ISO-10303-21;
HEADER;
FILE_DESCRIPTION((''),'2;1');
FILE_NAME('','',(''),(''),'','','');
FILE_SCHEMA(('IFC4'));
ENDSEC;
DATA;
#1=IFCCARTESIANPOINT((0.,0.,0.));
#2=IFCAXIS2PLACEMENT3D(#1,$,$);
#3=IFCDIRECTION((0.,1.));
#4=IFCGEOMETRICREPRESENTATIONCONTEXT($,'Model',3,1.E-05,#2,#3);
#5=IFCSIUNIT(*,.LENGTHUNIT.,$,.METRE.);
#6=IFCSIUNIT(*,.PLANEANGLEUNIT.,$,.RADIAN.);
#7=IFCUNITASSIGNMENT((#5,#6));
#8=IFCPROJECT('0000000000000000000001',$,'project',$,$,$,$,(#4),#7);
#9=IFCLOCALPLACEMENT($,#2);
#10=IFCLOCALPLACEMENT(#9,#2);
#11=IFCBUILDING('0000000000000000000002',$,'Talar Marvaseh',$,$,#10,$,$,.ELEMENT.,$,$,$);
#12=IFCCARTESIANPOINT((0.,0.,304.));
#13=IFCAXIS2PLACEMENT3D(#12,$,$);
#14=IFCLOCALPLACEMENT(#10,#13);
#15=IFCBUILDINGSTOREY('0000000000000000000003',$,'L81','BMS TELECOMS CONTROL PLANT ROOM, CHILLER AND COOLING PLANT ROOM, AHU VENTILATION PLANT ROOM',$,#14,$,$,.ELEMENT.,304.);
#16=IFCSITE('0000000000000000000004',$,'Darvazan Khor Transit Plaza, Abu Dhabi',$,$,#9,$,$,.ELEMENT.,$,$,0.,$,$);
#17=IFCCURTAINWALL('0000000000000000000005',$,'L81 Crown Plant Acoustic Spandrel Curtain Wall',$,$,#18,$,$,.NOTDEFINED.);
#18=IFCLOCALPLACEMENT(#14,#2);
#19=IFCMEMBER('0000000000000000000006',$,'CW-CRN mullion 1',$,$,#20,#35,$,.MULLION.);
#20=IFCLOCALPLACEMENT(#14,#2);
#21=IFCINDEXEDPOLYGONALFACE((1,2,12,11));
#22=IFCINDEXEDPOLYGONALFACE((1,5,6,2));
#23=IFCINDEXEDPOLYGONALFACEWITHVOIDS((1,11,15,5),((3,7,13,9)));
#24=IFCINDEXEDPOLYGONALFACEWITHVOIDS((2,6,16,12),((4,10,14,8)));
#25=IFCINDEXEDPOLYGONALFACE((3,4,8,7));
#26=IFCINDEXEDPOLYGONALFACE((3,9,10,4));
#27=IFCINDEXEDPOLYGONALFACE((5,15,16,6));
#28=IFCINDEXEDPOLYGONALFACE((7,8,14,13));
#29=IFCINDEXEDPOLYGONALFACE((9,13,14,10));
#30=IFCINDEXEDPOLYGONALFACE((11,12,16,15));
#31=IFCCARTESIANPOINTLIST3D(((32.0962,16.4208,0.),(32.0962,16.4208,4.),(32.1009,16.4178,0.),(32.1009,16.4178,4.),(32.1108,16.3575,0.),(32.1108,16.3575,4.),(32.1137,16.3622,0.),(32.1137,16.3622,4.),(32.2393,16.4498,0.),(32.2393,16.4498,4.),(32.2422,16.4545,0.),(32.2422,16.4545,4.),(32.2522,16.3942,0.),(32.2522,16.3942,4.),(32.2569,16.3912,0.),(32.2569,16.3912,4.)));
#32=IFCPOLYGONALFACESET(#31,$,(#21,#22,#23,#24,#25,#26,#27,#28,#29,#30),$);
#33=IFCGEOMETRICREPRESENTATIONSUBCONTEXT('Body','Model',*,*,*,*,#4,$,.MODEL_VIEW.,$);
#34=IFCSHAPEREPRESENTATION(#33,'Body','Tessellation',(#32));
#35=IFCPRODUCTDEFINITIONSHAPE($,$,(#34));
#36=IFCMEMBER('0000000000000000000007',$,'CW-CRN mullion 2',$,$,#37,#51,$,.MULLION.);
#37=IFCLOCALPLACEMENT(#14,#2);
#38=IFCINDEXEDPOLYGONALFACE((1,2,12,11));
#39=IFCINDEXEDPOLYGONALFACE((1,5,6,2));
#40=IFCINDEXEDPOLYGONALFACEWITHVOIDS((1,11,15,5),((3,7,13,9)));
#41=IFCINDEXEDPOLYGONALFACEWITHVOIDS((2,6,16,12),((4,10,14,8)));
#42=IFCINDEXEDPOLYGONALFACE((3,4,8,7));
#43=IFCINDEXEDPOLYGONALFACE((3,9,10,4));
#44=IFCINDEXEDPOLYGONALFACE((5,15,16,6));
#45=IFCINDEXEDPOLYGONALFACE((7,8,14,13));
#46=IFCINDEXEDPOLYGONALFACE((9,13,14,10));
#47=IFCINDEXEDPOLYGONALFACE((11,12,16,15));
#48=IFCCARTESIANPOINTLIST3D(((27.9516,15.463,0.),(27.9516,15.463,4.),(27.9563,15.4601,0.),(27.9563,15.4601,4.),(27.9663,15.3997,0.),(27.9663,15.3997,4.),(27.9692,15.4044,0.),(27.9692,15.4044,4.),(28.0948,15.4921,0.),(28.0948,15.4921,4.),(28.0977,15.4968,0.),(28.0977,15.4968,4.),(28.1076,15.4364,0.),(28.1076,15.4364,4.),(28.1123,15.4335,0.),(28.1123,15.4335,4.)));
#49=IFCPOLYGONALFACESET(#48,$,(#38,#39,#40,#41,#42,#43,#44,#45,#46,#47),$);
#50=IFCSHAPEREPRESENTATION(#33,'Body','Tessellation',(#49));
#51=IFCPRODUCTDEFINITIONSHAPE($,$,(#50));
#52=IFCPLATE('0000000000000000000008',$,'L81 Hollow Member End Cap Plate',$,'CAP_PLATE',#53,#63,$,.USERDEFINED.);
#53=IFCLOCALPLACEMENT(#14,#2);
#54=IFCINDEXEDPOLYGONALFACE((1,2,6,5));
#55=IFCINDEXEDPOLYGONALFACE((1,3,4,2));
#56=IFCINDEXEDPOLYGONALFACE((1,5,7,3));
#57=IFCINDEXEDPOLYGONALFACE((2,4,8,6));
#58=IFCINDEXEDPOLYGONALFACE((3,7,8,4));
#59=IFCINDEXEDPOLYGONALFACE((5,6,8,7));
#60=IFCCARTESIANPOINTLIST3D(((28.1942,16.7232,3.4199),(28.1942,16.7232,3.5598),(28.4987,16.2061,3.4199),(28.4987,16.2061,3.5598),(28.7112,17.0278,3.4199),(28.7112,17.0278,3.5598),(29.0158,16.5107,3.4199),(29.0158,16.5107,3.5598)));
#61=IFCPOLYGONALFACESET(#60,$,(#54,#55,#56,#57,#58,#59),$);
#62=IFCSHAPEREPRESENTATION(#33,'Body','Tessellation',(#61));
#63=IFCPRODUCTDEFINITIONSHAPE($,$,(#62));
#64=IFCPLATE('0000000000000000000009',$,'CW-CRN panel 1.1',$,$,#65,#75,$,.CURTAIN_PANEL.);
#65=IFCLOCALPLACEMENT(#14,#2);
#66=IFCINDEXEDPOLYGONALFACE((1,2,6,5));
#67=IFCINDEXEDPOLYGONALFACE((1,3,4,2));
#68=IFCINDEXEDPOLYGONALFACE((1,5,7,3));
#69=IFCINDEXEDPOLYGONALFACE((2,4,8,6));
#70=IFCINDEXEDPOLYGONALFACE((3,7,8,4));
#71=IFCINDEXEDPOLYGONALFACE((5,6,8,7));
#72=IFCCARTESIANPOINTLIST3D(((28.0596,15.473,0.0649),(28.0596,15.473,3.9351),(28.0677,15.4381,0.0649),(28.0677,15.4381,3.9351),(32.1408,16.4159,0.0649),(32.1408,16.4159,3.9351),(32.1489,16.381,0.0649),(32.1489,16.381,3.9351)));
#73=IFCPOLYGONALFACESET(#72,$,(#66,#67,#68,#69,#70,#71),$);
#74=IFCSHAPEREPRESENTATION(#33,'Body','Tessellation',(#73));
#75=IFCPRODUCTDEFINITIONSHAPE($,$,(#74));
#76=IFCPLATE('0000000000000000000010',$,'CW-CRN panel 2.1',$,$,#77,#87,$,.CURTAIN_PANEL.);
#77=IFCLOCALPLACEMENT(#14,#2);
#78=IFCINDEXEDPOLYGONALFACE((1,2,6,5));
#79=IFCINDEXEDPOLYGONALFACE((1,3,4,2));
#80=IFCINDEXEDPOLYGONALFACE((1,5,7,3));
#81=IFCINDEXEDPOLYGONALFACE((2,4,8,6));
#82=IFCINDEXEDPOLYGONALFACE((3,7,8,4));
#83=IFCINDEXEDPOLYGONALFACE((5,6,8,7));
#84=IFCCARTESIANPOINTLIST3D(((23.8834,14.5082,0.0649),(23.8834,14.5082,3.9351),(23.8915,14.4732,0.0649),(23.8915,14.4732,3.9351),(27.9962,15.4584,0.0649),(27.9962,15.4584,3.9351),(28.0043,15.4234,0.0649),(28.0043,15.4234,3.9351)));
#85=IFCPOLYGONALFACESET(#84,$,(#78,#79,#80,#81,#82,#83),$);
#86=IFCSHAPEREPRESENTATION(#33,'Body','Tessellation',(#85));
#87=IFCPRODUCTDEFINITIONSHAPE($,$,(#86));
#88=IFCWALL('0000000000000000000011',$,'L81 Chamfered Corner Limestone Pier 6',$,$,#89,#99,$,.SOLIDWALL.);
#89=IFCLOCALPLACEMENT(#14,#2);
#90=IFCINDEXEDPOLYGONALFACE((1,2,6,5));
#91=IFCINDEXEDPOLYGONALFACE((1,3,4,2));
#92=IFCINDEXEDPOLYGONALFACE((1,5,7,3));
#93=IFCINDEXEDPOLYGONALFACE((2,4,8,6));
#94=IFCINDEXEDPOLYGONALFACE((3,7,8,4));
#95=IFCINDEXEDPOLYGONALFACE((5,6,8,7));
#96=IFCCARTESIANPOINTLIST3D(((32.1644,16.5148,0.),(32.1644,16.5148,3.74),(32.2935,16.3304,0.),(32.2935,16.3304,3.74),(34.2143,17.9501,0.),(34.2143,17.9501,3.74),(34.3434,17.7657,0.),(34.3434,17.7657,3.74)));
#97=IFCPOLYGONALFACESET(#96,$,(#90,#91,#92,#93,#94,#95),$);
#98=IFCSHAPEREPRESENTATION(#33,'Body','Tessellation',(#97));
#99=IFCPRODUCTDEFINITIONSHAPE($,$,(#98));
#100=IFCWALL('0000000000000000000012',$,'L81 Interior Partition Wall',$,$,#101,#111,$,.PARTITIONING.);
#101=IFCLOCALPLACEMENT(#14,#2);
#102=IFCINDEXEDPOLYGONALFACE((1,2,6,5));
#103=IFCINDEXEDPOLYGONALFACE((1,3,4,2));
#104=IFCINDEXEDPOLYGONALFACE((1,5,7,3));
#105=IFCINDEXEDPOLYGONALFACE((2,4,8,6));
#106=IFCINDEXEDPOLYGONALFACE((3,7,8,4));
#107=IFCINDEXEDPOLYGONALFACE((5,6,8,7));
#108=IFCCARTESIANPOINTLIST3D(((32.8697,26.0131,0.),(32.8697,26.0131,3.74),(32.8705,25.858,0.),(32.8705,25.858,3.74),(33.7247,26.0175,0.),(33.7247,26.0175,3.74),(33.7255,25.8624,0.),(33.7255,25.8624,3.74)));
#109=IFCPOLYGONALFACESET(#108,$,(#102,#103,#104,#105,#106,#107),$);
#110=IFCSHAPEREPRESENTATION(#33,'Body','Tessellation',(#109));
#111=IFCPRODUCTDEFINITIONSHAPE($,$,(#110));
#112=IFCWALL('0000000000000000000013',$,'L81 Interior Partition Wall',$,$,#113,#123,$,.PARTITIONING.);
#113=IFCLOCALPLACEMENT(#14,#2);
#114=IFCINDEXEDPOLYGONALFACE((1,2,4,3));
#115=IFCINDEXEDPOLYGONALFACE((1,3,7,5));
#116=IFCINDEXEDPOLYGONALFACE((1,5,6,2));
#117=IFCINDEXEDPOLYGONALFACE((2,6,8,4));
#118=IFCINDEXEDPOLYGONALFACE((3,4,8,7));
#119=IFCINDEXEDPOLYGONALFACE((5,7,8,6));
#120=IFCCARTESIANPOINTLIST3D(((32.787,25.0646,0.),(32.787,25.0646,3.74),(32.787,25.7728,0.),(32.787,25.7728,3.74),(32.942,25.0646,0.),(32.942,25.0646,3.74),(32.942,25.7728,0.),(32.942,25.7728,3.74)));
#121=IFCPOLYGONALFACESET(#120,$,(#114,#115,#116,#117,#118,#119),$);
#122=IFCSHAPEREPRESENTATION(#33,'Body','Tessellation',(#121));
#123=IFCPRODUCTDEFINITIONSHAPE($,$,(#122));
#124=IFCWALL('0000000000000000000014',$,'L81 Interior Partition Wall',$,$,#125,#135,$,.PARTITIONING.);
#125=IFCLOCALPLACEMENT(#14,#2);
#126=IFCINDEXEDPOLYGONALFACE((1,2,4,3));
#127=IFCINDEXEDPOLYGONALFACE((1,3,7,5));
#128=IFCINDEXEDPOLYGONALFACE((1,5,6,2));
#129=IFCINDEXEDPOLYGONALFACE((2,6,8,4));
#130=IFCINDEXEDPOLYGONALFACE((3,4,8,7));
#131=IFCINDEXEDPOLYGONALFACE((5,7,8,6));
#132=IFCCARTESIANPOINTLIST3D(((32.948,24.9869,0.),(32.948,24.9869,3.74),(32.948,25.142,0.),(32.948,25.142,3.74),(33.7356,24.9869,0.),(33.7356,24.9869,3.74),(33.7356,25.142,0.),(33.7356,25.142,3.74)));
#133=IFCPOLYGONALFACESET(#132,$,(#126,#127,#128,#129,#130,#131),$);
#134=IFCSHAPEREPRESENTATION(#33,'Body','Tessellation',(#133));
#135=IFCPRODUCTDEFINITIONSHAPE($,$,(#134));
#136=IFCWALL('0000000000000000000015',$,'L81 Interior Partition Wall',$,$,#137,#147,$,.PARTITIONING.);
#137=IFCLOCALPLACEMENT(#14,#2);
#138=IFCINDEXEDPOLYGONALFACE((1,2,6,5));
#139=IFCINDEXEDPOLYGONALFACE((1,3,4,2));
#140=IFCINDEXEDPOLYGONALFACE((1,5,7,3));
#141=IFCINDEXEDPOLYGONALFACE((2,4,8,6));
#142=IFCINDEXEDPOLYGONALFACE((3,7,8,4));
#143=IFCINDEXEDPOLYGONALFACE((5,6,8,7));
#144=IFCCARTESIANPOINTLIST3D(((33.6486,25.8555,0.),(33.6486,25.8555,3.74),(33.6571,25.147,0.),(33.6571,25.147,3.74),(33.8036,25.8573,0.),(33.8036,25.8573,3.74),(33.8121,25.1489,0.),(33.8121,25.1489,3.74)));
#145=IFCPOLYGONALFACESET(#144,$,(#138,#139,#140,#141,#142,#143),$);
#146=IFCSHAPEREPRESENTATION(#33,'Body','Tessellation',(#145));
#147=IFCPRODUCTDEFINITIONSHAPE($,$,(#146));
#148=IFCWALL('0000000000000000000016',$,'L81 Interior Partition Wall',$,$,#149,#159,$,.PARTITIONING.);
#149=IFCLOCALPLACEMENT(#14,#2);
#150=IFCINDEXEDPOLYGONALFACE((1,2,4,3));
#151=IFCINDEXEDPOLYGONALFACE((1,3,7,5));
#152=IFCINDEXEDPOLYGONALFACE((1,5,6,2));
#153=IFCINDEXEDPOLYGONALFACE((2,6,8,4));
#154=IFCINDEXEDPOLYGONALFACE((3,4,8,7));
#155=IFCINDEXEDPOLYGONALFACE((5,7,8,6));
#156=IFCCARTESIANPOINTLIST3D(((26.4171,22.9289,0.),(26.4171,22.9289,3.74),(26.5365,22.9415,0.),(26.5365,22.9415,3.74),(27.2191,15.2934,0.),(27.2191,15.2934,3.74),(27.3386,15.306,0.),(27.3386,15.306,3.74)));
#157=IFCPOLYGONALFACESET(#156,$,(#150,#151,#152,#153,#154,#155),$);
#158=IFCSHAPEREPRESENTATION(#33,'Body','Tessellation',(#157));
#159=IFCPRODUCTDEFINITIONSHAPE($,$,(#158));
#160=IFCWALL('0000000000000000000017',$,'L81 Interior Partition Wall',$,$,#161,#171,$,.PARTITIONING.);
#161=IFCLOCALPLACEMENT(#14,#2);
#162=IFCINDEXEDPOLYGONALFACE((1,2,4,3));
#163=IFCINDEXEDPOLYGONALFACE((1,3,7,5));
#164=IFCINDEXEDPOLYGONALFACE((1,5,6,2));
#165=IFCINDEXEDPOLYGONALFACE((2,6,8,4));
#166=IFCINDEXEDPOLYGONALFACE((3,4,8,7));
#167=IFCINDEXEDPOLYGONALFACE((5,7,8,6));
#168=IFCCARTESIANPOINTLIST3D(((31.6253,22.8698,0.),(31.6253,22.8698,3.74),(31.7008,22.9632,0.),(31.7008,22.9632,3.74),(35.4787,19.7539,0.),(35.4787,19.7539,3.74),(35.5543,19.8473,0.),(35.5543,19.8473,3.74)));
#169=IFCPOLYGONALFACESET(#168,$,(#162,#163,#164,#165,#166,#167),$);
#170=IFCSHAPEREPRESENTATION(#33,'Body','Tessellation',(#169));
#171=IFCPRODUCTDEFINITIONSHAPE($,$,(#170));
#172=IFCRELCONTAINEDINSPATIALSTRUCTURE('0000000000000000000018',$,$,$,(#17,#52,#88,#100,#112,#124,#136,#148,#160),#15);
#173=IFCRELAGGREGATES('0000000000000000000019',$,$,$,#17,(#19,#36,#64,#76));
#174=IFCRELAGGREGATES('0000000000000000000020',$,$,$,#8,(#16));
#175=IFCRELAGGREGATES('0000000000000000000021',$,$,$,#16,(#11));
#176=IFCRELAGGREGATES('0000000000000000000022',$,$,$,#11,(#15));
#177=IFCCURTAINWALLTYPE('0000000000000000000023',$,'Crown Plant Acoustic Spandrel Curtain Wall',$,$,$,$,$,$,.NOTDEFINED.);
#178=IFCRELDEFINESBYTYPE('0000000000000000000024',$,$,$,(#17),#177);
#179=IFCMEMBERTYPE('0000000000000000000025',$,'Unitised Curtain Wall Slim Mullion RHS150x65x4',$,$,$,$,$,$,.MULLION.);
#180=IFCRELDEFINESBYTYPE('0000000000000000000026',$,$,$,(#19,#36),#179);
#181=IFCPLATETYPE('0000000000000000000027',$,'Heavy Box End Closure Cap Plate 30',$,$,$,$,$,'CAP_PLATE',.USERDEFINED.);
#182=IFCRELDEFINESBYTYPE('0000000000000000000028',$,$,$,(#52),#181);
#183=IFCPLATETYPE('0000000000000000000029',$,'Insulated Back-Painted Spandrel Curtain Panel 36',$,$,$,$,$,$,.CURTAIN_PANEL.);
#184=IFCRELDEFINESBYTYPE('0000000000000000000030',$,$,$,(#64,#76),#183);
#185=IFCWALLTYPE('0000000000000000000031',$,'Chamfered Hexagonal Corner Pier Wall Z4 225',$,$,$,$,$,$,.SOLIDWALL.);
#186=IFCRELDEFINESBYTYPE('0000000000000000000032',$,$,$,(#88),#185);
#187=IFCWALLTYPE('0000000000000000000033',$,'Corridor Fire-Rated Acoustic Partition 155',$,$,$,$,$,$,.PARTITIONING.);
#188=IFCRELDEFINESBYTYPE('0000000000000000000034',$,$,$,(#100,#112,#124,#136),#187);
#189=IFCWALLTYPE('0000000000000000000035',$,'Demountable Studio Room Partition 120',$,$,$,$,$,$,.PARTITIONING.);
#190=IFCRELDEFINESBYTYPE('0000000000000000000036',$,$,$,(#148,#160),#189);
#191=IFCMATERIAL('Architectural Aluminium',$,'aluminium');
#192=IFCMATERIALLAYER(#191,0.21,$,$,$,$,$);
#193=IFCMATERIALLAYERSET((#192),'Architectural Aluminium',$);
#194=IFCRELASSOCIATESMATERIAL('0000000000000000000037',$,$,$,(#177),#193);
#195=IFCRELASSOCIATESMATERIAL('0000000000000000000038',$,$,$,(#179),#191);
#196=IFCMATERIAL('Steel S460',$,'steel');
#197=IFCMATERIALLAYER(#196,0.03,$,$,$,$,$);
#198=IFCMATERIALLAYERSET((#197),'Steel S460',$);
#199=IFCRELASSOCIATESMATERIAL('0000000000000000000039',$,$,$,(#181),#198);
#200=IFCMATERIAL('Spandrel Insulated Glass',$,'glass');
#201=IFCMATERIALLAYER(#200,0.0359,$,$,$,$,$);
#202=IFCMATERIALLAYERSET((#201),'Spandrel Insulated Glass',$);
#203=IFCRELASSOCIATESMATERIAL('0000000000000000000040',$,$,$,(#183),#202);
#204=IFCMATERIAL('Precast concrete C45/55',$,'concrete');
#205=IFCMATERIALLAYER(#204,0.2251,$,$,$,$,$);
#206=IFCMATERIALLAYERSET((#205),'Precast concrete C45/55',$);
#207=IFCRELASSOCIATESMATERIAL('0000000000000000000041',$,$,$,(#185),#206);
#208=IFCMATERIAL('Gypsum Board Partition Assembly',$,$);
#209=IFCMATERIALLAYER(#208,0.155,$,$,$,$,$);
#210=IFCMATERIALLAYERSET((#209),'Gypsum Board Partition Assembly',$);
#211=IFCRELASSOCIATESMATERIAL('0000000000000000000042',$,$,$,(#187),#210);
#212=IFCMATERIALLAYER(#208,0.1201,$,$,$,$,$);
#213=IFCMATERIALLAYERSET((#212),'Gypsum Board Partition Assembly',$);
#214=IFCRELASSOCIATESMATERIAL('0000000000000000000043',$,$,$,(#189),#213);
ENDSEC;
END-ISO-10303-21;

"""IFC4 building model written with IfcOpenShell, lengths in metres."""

from ifc_helpers import new_model, si_unit, direction, frame, frame_2d, origin, origin_2d, place, context, subcontext, project, spatial, rectangle, hollow_rectangle, extrude, source, transform, mapped, material, layer, layer_set, material_profile, profile_set, type_object, type_shapes, element, aggregate, save


model = new_model("IFC4")

# Units and contexts
model_context = context("Model", 3, precision=1e-05, world=origin(), true_north=direction((0.0, 1.0)))
body_context = subcontext(model_context, "Body", "Model", "MODEL_VIEW")
ifc_project = project(units=[si_unit("LENGTHUNIT", "METRE"), si_unit("PLANEANGLEUNIT", "RADIAN")], contexts=[model_context])

# Site, building, storey
site_placement = place(None, origin())
site = spatial("IfcSite", under=ifc_project, at=site_placement, Name="Darvazan Khor Transit Plaza, Abu Dhabi", CompositionType="ELEMENT", RefElevation=0.0)
building_placement = place(site_placement, origin())
building = spatial("IfcBuilding", under=site, at=building_placement, Name="Talar Marvaseh", CompositionType="ELEMENT")
storey_placement = place(building_placement, frame((0.0, 0.0, 304.0)))
storey = spatial("IfcBuildingStorey", under=building, at=storey_placement, Name="L81", Description="BMS TELECOMS CONTROL PLANT ROOM, CHILLER AND COOLING PLANT ROOM, AHU VENTILATION PLANT ROOM", CompositionType="ELEMENT", Elevation=304.0)

# Shared definitions
ifc_material_1 = material(Name="Steel S460", Category="steel")

# Curtain wall, members
ifc_material_2 = material(Name="Architectural Aluminium", Category="aluminium")
ifc_layer_1 = layer(ifc_material_2, 0.21)
ifc_layer_set_1 = layer_set([ifc_layer_1], Name="Architectural Aluminium")
curtain_wall_type = type_object("IfcCurtainWallType", Name="Crown Plant Acoustic Spandrel Curtain Wall", PredefinedType="NOTDEFINED", material=ifc_layer_set_1)
curtain_wall_placement = place(storey_placement, origin())
curtain_wall = element("IfcCurtainWall", 1, at=curtain_wall_placement, inside=storey, type_object=curtain_wall_type, Name="L81 Crown Plant Acoustic Spandrel Curtain Wall", PredefinedType="NOTDEFINED")
ifc_material_profile_1 = material_profile(ifc_material_2, hollow_rectangle(XDim=0.0649, YDim=0.1499, WallThickness=0.0039, at=origin_2d()), Name="RHS150x65x4")
ifc_profile_set_1 = profile_set([ifc_material_profile_1], Name="Architectural Aluminium")
member_type_1 = type_object("IfcMemberType", Name="Unitised Curtain Wall Slim Mullion RHS150x65x4", PredefinedType="MULLION", material=ifc_profile_set_1)
shared_shape_1 = source(origin(), body_context, "Body", "SweptSolid", [
    extrude(hollow_rectangle(XDim=0.0649, YDim=0.1499, WallThickness=0.0039, at=origin_2d()), origin(), (0.0, 0.0, 1.0), 4.0),
])
type_shapes(member_type_1, [shared_shape_1])
member_1_placement = place(storey_placement, frame((32.1765, 16.406, 0.0), z_axis=(0.0, 0.0, 1.0), x_axis=(0.225103, -0.974335, 0.0)))
member_1 = element("IfcMember", 2, at=member_1_placement, type_object=member_type_1, Name="CW-CRN mullion 1", PredefinedType="MULLION", context=body_context, shape_type="MappedRepresentation", body=[
    mapped(shared_shape_1, transform((0.0, 0.0, 0.0), x_axis=(1.0, 0.0, 0.0), y_axis=(0.0, 1.0, 0.0), z_axis=(0.0, 0.0, 1.0), scale=1.0)),
])
member_2_placement = place(storey_placement, frame((28.032, 15.4482, 0.0), z_axis=(0.0, 0.0, 1.0), x_axis=(0.225103, -0.974335, 0.0)))
member_2 = element("IfcMember", 3, at=member_2_placement, type_object=member_type_1, Name="CW-CRN mullion 2", PredefinedType="MULLION", context=body_context, shape_type="MappedRepresentation", body=[
    mapped(shared_shape_1, transform((0.0, 0.0, 0.0), x_axis=(1.0, 0.0, 0.0), y_axis=(0.0, 1.0, 0.0), z_axis=(0.0, 0.0, 1.0), scale=1.0)),
])

# Plates
ifc_layer_2 = layer(ifc_material_1, 0.03)
ifc_layer_set_2 = layer_set([ifc_layer_2], Name="Steel S460")
plate_type_1 = type_object("IfcPlateType", Name="Heavy Box End Closure Cap Plate 30", ElementType="CAP_PLATE", PredefinedType="USERDEFINED", material=ifc_layer_set_2)
shared_shape_2 = source(origin(), body_context, "Body", "SweptSolid", [
    extrude(rectangle(XDim=0.6001, YDim=0.6001, at=origin_2d()), origin(), (0.0, 0.0, 1.0), 0.1399),
])
type_shapes(plate_type_1, [shared_shape_2])
plate_1_placement = place(storey_placement, frame((28.605, 16.6169, 3.4199), z_axis=(0.0, 0.0, 1.0), x_axis=(-0.861629, -0.507538, 0.0)))
element("IfcPlate", 4, at=plate_1_placement, inside=storey, type_object=plate_type_1, Name="L81 Hollow Member End Cap Plate", ObjectType="CAP_PLATE", PredefinedType="USERDEFINED", context=body_context, shape_type="MappedRepresentation", body=[
    mapped(shared_shape_2, transform((0.0, 0.0, 0.0), x_axis=(1.0, 0.0, 0.0), y_axis=(0.0, 1.0, 0.0), z_axis=(0.0, 0.0, 1.0), scale=1.0)),
])
ifc_material_3 = material(Name="Spandrel Insulated Glass", Category="glass")
ifc_layer_3 = layer(ifc_material_3, 0.0359)
ifc_layer_set_3 = layer_set([ifc_layer_3], Name="Spandrel Insulated Glass")
plate_type_2 = type_object("IfcPlateType", Name="Insulated Back-Painted Spandrel Curtain Panel 36", PredefinedType="CURTAIN_PANEL", material=ifc_layer_set_3)
shared_shape_3 = source(origin(), body_context, "Body", "SweptSolid", [
    extrude(rectangle(XDim=4.1887, YDim=0.0359, at=origin_2d()), origin(), (0.0, 0.0, 1.0), 3.8701),
])
plate_2_placement = place(storey_placement, frame((30.1042, 15.927, 0.0649), z_axis=(0.0, 0.0, 1.0), x_axis=(-0.974335, -0.225103, 0.0)))
plate_2 = element("IfcPlate", 5, at=plate_2_placement, type_object=plate_type_2, Name="CW-CRN panel 1.1", PredefinedType="CURTAIN_PANEL", context=body_context, shape_type="MappedRepresentation", body=[
    mapped(shared_shape_3, transform((0.0, 0.0, 0.0), x_axis=(1.0, 0.0, 0.0), y_axis=(0.0, 1.0, 0.0), z_axis=(0.0, 0.0, 1.0), scale=1.0)),
])
shared_shape_4 = source(origin(), body_context, "Body", "SweptSolid", [
    extrude(rectangle(XDim=4.2212, YDim=0.0359, at=origin_2d()), origin(), (0.0, 0.0, 1.0), 3.8701),
])
type_shapes(plate_type_2, [shared_shape_3, shared_shape_4])
plate_3_placement = place(storey_placement, frame((25.9438, 14.9658, 0.0649), z_axis=(0.0, 0.0, 1.0), x_axis=(-0.974335, -0.225103, 0.0)))
plate_3 = element("IfcPlate", 6, at=plate_3_placement, type_object=plate_type_2, Name="CW-CRN panel 2.1", PredefinedType="CURTAIN_PANEL", context=body_context, shape_type="MappedRepresentation", body=[
    mapped(shared_shape_4, transform((0.0, 0.0, 0.0), x_axis=(1.0, 0.0, 0.0), y_axis=(0.0, 1.0, 0.0), z_axis=(0.0, 0.0, 1.0), scale=1.0)),
])
aggregate(curtain_wall, [member_1, member_2, plate_2, plate_3])

# Walls
ifc_material_4 = material(Name="Precast concrete C45/55", Category="concrete")
ifc_layer_4 = layer(ifc_material_4, 0.2251)
ifc_layer_set_4 = layer_set([ifc_layer_4], Name="Precast concrete C45/55")
wall_type_1 = type_object("IfcWallType", Name="Chamfered Hexagonal Corner Pier Wall Z4 225", PredefinedType="SOLIDWALL", material=ifc_layer_set_4)
wall_1_placement = place(storey_placement, frame((34.2788, 17.8579, 0.0), z_axis=(0.0, 0.0, 1.0), x_axis=(-0.819149, -0.57358, 0.0)))
element("IfcWall", 7, at=wall_1_placement, inside=storey, type_object=wall_type_1, Name="L81 Chamfered Corner Limestone Pier 6", PredefinedType="SOLIDWALL", context=body_context, shape_type="SweptSolid", body=[
    extrude(rectangle(XDim=2.5024, YDim=0.2251, at=frame_2d((1.2512, 0.0))), origin(), (0.0, 0.0, 1.0), 3.74),
])
ifc_material_5 = material(Name="Gypsum Board Partition Assembly")
ifc_layer_5 = layer(ifc_material_5, 0.155)
ifc_layer_set_5 = layer_set([ifc_layer_5], Name="Gypsum Board Partition Assembly")
wall_type_2 = type_object("IfcWallType", Name="Corridor Fire-Rated Acoustic Partition 155", PredefinedType="PARTITIONING", material=ifc_layer_set_5)
wall_2_placement = place(storey_placement, frame((33.7251, 25.9399, 0.0), z_axis=(0.0, 0.0, 1.0), x_axis=(-0.999987, -0.00514, 0.0)))
element("IfcWall", 8, at=wall_2_placement, inside=storey, type_object=wall_type_2, Name="L81 Interior Partition Wall", PredefinedType="PARTITIONING", context=body_context, shape_type="SweptSolid", body=[
    extrude(rectangle(XDim=0.855, YDim=0.155, at=frame_2d((0.4275, 0.0))), origin(), (0.0, 0.0, 1.0), 3.74),
])
wall_3_placement = place(storey_placement, frame((32.8645, 25.7727, 0.0), z_axis=(0.0, 0.0, 1.0), x_axis=(0.0, -1.0, 0.0)))
element("IfcWall", 9, at=wall_3_placement, inside=storey, type_object=wall_type_2, Name="L81 Interior Partition Wall", PredefinedType="PARTITIONING", context=body_context, shape_type="SweptSolid", body=[
    extrude(rectangle(XDim=0.7083, YDim=0.155, at=frame_2d((0.354, 0.0))), origin(), (0.0, 0.0, 1.0), 3.74),
])
wall_4_placement = place(storey_placement, frame((32.948, 25.0645, 0.0), z_axis=(0.0, 0.0, 1.0), x_axis=(1.0, 0.0, 0.0)))
element("IfcWall", 10, at=wall_4_placement, inside=storey, type_object=wall_type_2, Name="L81 Interior Partition Wall", PredefinedType="PARTITIONING", context=body_context, shape_type="SweptSolid", body=[
    extrude(rectangle(XDim=0.7876, YDim=0.155, at=frame_2d((0.3938, 0.0))), origin(), (0.0, 0.0, 1.0), 3.74),
])
wall_5_placement = place(storey_placement, frame((33.7346, 25.1479, 0.0), z_axis=(0.0, 0.0, 1.0), x_axis=(-0.01206, 0.999927, 0.0)))
element("IfcWall", 11, at=wall_5_placement, inside=storey, type_object=wall_type_2, Name="L81 Interior Partition Wall", PredefinedType="PARTITIONING", context=body_context, shape_type="SweptSolid", body=[
    extrude(rectangle(XDim=0.7085, YDim=0.155, at=frame_2d((0.3542, 0.0))), origin(), (0.0, 0.0, 1.0), 3.74),
])
ifc_layer_6 = layer(ifc_material_5, 0.1201)
ifc_layer_set_6 = layer_set([ifc_layer_6], Name="Gypsum Board Partition Assembly")
wall_type_3 = type_object("IfcWallType", Name="Demountable Studio Room Partition 120", PredefinedType="PARTITIONING", material=ifc_layer_set_6)
wall_6_placement = place(storey_placement, frame((26.4768, 22.9353, 0.0), z_axis=(0.0, 0.0, 1.0), x_axis=(0.104461, -0.994529, 0.0)))
element("IfcWall", 12, at=wall_6_placement, inside=storey, type_object=wall_type_3, Name="L81 Interior Partition Wall", PredefinedType="PARTITIONING", context=body_context, shape_type="SweptSolid", body=[
    extrude(rectangle(XDim=7.6775, YDim=0.1201, at=frame_2d((3.8389, 0.0))), origin(), (0.0, 0.0, 1.0), 3.74),
])
wall_7_placement = place(storey_placement, frame((31.6631, 22.9165, 0.0), z_axis=(0.0, 0.0, 1.0), x_axis=(0.777595, -0.628766, 0.0)))
element("IfcWall", 13, at=wall_7_placement, inside=storey, type_object=wall_type_3, Name="L81 Interior Partition Wall", PredefinedType="PARTITIONING", context=body_context, shape_type="SweptSolid", body=[
    extrude(rectangle(XDim=4.9556, YDim=0.1201, at=frame_2d((2.4778, 0.0))), origin(), (0.0, 0.0, 1.0), 3.74),
])

save(model, "model.ifc")
